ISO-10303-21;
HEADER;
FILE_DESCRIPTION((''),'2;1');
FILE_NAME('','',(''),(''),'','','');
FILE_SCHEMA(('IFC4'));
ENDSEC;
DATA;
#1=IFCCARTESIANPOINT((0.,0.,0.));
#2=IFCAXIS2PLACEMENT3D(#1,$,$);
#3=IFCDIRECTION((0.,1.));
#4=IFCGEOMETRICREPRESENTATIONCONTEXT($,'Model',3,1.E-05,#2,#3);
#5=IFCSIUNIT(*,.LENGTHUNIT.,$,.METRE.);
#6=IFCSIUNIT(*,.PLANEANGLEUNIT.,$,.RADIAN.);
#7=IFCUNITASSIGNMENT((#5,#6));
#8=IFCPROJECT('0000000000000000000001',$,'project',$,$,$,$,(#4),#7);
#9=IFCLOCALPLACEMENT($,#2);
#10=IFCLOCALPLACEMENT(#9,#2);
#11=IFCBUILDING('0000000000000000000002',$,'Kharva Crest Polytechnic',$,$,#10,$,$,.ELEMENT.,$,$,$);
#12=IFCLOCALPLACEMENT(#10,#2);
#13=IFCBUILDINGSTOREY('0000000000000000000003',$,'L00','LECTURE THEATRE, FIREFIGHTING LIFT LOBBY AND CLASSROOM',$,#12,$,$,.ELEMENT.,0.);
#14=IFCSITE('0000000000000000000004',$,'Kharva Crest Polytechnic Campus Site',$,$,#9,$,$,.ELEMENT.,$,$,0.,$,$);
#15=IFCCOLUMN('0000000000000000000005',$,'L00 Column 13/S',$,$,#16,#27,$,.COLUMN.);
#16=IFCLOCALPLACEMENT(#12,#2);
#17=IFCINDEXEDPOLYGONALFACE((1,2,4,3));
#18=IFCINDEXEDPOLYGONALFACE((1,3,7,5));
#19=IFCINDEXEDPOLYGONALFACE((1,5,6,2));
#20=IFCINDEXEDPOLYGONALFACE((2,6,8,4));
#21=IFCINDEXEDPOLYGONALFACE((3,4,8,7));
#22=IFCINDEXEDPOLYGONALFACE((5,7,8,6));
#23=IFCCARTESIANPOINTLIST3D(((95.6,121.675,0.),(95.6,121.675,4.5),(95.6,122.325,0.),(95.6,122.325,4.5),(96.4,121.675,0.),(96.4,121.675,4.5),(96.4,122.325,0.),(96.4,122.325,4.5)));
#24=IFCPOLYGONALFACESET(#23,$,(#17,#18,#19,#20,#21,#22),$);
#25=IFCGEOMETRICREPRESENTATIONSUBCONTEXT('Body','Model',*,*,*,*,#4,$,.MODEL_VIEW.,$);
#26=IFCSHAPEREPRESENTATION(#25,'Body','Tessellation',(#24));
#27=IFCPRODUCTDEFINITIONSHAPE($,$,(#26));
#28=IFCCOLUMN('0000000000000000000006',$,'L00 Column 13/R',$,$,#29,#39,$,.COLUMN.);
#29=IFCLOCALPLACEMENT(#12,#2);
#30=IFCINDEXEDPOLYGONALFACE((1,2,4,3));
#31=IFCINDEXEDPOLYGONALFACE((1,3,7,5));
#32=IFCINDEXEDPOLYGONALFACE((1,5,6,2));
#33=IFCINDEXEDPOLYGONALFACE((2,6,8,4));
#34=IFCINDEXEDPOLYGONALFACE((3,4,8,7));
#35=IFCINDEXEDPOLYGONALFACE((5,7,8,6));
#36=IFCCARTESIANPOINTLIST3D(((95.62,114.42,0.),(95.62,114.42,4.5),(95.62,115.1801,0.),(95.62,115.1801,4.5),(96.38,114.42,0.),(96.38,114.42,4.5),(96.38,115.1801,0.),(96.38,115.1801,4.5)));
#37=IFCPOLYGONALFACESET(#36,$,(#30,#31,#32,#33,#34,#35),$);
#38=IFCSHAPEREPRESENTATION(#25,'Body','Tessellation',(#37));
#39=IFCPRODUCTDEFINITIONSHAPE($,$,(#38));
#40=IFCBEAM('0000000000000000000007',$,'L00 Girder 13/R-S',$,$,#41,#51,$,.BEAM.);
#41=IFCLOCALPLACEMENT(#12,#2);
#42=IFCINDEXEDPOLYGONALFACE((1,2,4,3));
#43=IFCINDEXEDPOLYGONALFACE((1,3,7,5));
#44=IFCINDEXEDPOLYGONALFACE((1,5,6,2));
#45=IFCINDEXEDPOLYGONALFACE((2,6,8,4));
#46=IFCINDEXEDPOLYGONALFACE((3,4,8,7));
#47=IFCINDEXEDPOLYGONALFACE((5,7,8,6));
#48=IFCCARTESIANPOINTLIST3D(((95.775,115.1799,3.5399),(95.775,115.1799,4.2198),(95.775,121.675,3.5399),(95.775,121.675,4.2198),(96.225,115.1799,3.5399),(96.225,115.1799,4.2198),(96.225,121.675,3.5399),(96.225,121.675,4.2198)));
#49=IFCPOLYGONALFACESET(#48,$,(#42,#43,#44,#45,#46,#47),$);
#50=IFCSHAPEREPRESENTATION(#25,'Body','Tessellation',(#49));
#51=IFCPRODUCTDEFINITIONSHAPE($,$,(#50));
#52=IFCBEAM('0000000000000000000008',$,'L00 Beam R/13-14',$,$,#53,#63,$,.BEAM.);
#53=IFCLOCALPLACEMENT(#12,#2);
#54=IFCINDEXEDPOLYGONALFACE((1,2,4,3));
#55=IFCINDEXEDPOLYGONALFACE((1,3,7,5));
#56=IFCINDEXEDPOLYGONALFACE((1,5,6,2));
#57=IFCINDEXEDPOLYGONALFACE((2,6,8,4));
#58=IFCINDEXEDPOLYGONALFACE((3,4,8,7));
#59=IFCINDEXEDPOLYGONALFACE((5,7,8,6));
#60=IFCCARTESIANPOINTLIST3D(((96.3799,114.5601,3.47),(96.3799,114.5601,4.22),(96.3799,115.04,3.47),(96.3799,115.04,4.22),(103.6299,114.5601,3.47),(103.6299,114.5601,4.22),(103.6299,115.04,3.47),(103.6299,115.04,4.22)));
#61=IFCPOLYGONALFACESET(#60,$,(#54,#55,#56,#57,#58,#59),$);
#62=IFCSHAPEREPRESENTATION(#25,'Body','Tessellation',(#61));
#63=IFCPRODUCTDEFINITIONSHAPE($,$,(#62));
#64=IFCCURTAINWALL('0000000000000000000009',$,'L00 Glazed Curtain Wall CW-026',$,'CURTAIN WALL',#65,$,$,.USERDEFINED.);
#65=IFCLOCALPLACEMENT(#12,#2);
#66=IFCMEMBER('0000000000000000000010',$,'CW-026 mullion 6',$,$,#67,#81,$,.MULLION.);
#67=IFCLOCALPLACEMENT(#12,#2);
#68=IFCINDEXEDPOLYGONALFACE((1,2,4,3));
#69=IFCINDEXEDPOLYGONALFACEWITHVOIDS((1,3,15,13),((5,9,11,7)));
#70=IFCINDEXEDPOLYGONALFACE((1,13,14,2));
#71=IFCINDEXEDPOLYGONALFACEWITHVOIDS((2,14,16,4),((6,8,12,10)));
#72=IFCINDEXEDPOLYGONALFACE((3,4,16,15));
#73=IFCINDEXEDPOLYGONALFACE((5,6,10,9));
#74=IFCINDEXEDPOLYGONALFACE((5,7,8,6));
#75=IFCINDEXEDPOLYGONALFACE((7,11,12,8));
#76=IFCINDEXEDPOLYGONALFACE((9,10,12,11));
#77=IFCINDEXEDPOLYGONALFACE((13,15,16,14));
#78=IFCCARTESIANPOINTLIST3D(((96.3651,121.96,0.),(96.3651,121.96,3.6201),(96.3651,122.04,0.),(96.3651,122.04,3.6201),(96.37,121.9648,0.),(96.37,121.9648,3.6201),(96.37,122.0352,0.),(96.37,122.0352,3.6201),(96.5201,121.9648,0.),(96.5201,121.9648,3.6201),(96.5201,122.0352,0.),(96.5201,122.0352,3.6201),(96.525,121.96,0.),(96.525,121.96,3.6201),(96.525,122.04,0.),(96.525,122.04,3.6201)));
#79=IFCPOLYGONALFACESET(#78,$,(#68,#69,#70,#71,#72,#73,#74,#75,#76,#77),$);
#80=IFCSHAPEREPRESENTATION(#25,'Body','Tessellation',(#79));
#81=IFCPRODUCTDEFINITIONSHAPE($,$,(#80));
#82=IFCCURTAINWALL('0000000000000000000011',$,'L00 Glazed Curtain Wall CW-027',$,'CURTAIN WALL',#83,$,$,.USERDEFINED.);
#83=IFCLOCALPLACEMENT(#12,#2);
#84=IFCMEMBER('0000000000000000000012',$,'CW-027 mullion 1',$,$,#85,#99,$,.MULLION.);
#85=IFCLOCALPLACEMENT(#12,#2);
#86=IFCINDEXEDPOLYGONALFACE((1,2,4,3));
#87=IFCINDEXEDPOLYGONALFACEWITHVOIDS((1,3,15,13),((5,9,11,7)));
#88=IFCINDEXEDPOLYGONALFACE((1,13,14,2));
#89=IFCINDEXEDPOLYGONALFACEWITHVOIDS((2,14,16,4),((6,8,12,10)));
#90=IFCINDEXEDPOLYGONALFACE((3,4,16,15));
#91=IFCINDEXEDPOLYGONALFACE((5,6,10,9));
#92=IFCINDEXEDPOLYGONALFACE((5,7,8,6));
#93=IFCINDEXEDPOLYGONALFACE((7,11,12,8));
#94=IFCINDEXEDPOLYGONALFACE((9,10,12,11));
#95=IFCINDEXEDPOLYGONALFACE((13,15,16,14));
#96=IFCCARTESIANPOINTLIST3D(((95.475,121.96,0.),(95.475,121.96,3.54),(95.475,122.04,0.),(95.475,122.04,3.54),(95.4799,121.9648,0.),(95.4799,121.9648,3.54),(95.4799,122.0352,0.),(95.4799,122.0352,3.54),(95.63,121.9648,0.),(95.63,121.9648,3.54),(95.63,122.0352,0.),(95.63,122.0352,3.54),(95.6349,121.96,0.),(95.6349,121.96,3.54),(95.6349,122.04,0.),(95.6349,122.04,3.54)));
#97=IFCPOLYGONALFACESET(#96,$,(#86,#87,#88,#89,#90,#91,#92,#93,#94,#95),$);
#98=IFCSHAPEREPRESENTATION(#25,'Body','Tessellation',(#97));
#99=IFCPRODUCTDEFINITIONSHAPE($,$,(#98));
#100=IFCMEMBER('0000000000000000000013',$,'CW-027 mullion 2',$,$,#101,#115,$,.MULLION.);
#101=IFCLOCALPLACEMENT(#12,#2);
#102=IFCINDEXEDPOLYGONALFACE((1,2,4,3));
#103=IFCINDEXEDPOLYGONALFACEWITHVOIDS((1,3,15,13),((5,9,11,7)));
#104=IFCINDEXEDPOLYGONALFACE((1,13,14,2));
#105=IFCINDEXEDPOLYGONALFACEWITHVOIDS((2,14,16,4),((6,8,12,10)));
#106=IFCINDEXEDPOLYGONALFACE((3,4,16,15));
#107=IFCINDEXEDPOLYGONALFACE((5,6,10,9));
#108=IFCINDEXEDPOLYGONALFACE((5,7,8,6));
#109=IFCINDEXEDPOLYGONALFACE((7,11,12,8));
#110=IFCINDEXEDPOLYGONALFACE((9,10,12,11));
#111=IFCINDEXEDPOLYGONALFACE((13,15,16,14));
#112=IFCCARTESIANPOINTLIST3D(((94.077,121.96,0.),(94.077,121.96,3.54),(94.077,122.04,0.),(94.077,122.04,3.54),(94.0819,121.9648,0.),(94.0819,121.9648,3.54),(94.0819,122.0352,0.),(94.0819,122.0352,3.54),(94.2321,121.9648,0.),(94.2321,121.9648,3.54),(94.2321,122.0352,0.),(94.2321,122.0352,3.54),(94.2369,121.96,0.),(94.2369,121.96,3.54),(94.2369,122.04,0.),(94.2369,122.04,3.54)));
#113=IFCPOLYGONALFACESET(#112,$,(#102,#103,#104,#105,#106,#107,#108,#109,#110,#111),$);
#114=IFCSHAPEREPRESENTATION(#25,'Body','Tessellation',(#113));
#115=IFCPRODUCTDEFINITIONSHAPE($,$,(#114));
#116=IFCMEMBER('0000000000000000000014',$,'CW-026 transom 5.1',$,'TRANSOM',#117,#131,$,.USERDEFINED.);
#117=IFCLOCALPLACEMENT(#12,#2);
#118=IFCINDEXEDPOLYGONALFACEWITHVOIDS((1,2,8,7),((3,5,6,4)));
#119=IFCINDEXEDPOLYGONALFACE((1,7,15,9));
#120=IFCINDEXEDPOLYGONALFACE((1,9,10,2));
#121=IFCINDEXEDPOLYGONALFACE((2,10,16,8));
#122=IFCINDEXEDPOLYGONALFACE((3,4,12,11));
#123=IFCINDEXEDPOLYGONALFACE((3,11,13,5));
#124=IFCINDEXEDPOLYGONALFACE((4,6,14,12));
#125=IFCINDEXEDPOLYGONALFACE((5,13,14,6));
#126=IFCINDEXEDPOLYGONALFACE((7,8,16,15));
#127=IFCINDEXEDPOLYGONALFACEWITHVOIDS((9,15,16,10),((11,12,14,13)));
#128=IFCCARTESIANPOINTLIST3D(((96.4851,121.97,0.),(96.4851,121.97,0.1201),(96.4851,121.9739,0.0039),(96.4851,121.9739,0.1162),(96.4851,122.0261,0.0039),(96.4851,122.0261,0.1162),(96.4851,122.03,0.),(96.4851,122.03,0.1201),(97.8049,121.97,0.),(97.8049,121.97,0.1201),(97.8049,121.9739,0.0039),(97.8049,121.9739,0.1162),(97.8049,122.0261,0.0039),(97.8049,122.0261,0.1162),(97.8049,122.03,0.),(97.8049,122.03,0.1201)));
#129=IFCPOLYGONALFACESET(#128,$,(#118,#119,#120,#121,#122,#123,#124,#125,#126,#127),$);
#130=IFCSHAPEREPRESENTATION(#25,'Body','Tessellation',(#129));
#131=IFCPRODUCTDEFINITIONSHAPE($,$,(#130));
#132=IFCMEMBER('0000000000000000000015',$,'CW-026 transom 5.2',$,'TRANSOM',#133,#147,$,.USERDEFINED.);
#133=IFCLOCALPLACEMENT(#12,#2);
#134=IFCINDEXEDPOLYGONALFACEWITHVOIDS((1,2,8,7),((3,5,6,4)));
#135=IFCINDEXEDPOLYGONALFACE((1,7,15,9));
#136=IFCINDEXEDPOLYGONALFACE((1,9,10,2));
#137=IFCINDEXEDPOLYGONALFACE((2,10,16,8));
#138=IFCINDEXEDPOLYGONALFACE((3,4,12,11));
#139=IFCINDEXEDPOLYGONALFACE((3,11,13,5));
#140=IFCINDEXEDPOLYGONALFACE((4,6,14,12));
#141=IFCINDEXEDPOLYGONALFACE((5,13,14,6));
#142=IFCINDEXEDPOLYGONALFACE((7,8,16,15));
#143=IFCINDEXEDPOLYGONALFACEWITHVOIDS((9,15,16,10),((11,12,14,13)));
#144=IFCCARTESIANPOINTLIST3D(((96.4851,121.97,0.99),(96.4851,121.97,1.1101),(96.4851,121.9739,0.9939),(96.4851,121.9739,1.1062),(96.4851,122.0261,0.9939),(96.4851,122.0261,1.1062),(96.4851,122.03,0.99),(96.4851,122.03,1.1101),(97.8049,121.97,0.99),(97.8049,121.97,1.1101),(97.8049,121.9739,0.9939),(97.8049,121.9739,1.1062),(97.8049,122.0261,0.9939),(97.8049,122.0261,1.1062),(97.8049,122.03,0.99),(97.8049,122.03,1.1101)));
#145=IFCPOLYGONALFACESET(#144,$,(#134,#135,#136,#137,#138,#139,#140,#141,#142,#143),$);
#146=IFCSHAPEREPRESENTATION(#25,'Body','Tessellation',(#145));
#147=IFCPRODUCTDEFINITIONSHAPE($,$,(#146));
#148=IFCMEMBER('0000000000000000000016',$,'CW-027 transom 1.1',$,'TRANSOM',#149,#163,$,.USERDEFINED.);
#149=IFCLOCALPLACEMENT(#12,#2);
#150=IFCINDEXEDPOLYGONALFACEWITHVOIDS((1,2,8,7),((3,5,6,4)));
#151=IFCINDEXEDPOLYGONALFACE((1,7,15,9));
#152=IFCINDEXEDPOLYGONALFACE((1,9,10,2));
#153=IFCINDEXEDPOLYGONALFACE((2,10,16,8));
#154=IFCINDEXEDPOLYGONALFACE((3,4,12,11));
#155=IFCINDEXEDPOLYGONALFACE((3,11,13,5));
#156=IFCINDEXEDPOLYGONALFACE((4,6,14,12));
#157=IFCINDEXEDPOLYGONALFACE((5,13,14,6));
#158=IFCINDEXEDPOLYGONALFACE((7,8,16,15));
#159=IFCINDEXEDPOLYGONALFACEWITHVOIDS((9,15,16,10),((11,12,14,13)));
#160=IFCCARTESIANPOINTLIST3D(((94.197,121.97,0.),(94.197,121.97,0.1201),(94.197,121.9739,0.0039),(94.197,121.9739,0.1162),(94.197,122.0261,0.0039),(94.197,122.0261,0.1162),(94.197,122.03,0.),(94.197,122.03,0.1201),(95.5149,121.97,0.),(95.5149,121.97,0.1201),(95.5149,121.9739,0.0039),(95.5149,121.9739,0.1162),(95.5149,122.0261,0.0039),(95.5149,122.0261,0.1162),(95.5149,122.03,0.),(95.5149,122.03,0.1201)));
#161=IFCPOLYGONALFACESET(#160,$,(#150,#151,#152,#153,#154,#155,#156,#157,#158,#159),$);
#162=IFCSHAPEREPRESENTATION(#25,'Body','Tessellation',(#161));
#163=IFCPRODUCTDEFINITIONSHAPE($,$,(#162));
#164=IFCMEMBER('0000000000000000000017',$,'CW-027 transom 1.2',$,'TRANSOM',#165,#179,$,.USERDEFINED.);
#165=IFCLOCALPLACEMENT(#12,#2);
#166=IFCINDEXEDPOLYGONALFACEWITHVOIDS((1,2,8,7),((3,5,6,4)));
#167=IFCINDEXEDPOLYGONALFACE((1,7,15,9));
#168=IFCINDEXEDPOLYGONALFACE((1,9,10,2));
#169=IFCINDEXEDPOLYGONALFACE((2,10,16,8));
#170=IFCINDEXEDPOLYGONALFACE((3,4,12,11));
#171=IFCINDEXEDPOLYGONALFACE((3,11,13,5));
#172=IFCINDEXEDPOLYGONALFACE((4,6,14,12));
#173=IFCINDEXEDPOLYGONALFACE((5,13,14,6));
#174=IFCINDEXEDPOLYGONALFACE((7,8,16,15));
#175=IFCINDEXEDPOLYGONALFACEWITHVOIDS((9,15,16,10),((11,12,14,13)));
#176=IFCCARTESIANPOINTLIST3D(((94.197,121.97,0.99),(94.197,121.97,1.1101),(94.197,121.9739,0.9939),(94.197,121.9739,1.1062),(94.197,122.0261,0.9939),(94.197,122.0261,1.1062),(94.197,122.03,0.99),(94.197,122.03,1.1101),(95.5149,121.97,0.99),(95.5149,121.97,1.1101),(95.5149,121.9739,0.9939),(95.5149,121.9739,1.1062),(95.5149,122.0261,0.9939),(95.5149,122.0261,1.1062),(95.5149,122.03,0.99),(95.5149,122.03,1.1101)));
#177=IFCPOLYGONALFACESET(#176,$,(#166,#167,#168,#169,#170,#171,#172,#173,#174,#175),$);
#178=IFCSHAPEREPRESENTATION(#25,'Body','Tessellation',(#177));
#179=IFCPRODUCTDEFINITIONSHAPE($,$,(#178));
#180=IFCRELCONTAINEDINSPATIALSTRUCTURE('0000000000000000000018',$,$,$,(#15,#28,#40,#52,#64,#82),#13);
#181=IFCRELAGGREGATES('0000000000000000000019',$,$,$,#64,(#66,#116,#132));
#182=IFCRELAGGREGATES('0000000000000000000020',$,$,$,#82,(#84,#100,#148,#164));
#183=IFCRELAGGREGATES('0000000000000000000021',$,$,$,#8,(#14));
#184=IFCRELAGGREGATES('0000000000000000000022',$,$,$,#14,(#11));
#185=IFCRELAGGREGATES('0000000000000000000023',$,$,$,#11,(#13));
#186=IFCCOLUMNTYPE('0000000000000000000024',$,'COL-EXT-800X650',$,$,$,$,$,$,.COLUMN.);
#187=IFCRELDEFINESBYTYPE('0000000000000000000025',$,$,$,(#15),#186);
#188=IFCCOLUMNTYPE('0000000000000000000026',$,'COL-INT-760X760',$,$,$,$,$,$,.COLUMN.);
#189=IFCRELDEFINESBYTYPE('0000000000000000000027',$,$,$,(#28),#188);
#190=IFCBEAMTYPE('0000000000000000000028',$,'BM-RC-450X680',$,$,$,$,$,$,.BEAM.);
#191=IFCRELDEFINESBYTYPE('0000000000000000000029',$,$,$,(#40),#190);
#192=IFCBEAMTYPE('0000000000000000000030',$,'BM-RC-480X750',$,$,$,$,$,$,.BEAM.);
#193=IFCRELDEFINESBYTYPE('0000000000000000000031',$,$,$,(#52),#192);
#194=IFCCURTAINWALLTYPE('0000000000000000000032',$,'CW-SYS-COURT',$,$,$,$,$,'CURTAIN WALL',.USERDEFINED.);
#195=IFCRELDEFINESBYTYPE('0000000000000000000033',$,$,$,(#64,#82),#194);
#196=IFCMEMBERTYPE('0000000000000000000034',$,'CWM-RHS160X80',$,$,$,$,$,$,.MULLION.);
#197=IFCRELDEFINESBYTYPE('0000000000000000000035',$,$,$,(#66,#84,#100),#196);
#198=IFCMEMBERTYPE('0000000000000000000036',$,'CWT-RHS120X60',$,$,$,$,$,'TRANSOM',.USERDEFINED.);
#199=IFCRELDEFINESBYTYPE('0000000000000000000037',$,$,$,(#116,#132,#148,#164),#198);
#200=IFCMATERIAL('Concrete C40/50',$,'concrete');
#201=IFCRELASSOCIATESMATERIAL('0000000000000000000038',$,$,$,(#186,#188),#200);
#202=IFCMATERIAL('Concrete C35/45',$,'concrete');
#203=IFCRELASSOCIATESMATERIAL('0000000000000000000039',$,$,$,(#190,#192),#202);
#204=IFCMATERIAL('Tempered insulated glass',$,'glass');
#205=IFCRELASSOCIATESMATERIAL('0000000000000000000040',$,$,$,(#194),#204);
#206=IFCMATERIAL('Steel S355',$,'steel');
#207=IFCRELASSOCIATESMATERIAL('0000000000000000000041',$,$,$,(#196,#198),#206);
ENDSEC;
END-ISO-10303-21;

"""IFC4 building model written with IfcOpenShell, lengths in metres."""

from ifc_helpers import new_model, si_unit, direction, frame, origin, origin_2d, place, context, subcontext, project, spatial, rectangle, hollow_rectangle, extrude, material, material_profile, profile_set, type_object, element, aggregate, save


model = new_model("IFC4")

# Units and contexts
model_context = context("Model", 3, precision=1e-05, world=origin(), true_north=direction((0.0, 1.0)))
body_context = subcontext(model_context, "Body", "Model", "MODEL_VIEW")
ifc_project = project(units=[si_unit("LENGTHUNIT", "METRE"), si_unit("PLANEANGLEUNIT", "RADIAN")], contexts=[model_context])

# Site, building, storey
site_placement = place(None, origin())
site = spatial("IfcSite", under=ifc_project, at=site_placement, Name="Kharva Crest Polytechnic Campus Site", CompositionType="ELEMENT", RefElevation=0.0)
building_placement = place(site_placement, origin())
building = spatial("IfcBuilding", under=site, at=building_placement, Name="Kharva Crest Polytechnic", CompositionType="ELEMENT")
storey_placement = place(building_placement, origin())
storey = spatial("IfcBuildingStorey", under=building, at=storey_placement, Name="L00", Description="LECTURE THEATRE, FIREFIGHTING LIFT LOBBY AND CLASSROOM", CompositionType="ELEMENT", Elevation=0.0)

# Shared definitions
ifc_material_1 = material(Name="Concrete C35/45", Category="concrete")

# Columns
ifc_material_2 = material(Name="Concrete C40/50", Category="concrete")
ifc_material_profile_1 = material_profile(ifc_material_2, rectangle(XDim=0.8, YDim=0.6499, at=origin_2d()), Name="RECT 800 X 650")
ifc_profile_set_1 = profile_set([ifc_material_profile_1], Name="Concrete C40/50")
column_type_1 = type_object("IfcColumnType", Name="COL-EXT-800X650", PredefinedType="COLUMN", material=ifc_profile_set_1)
column_1_placement = place(storey_placement, frame((96.0, 122.0, 0.0), z_axis=(0.0, 0.0, 1.0), x_axis=(1.0, 0.0, 0.0)))
element("IfcColumn", 1, at=column_1_placement, inside=storey, type_object=column_type_1, Name="L00 Column 13/S", PredefinedType="COLUMN", context=body_context, shape_type="SweptSolid", body=[
    extrude(rectangle(XDim=0.8, YDim=0.6499, at=origin_2d()), origin(), (0.0, 0.0, 1.0), 4.5),
])
ifc_material_profile_2 = material_profile(ifc_material_2, rectangle(XDim=0.76, YDim=0.76, at=origin_2d()), Name="RECT 760 X 760")
ifc_profile_set_2 = profile_set([ifc_material_profile_2], Name="Concrete C40/50")
column_type_2 = type_object("IfcColumnType", Name="COL-INT-760X760", PredefinedType="COLUMN", material=ifc_profile_set_2)
column_2_placement = place(storey_placement, frame((96.0, 114.8, 0.0), z_axis=(0.0, 0.0, 1.0), x_axis=(1.0, 0.0, 0.0)))
element("IfcColumn", 2, at=column_2_placement, inside=storey, type_object=column_type_2, Name="L00 Column 13/R", PredefinedType="COLUMN", context=body_context, shape_type="SweptSolid", body=[
    extrude(rectangle(XDim=0.76, YDim=0.76, at=origin_2d()), origin(), (0.0, 0.0, 1.0), 4.5),
])

# Beams
ifc_material_profile_3 = material_profile(ifc_material_1, rectangle(XDim=0.45, YDim=0.6799, at=origin_2d()), Name="RECT 450 X 680")
ifc_profile_set_3 = profile_set([ifc_material_profile_3], Name="Concrete C35/45")
beam_type_1 = type_object("IfcBeamType", Name="BM-RC-450X680", PredefinedType="BEAM", material=ifc_profile_set_3)
beam_1_placement = place(storey_placement, frame((96.0, 115.1799, 3.8799), z_axis=(0.0, 1.0, 0.0), x_axis=(-1.0, 0.0, 0.0)))
element("IfcBeam", 3, at=beam_1_placement, inside=storey, type_object=beam_type_1, Name="L00 Girder 13/R-S", PredefinedType="BEAM", context=body_context, shape_type="SweptSolid", body=[
    extrude(rectangle(XDim=0.45, YDim=0.6799, at=origin_2d()), origin(), (0.0, 0.0, 1.0), 6.4951),
])
ifc_material_profile_4 = material_profile(ifc_material_1, rectangle(XDim=0.48, YDim=0.75, at=origin_2d()), Name="RECT 480 X 750")
ifc_profile_set_4 = profile_set([ifc_material_profile_4], Name="Concrete C35/45")
beam_type_2 = type_object("IfcBeamType", Name="BM-RC-480X750", PredefinedType="BEAM", material=ifc_profile_set_4)
beam_2_placement = place(storey_placement, frame((96.3799, 114.8, 3.845), z_axis=(1.0, 0.0, 0.0), x_axis=(0.0, 1.0, 0.0)))
element("IfcBeam", 4, at=beam_2_placement, inside=storey, type_object=beam_type_2, Name="L00 Beam R/13-14", PredefinedType="BEAM", context=body_context, shape_type="SweptSolid", body=[
    extrude(rectangle(XDim=0.48, YDim=0.75, at=origin_2d()), origin(), (0.0, 0.0, 1.0), 7.25),
])

# Curtain wall, member
ifc_material_3 = material(Name="Tempered insulated glass", Category="glass")
curtain_wall_type = type_object("IfcCurtainWallType", Name="CW-SYS-COURT", ElementType="CURTAIN WALL", PredefinedType="USERDEFINED", material=ifc_material_3)
curtain_wall_1_placement = place(storey_placement, origin())
curtain_wall_1 = element("IfcCurtainWall", 5, at=curtain_wall_1_placement, inside=storey, type_object=curtain_wall_type, Name="L00 Glazed Curtain Wall CW-026", ObjectType="CURTAIN WALL", PredefinedType="USERDEFINED")
ifc_material_4 = material(Name="Steel S355", Category="steel")
ifc_material_profile_5 = material_profile(ifc_material_4, hollow_rectangle(XDim=0.0801, YDim=0.1599, WallThickness=0.0049, at=origin_2d()), Name="RHS 160X80X5.0")
ifc_profile_set_5 = profile_set([ifc_material_profile_5], Name="Steel S355")
member_type_1 = type_object("IfcMemberType", Name="CWM-RHS160X80", PredefinedType="MULLION", material=ifc_profile_set_5)
member_1_placement = place(storey_placement, frame((96.4451, 122.0, 0.0), z_axis=(0.0, 0.0, 1.0), x_axis=(0.0, -1.0, 0.0)))
member_1 = element("IfcMember", 6, at=member_1_placement, type_object=member_type_1, Name="CW-026 mullion 6", PredefinedType="MULLION", context=body_context, shape_type="SweptSolid", body=[
    extrude(hollow_rectangle(XDim=0.0801, YDim=0.1599, WallThickness=0.0049, at=origin_2d()), origin(), (0.0, 0.0, 1.0), 3.6201),
])

# Curtain wall, members
curtain_wall_2_placement = place(storey_placement, origin())
curtain_wall_2 = element("IfcCurtainWall", 7, at=curtain_wall_2_placement, inside=storey, type_object=curtain_wall_type, Name="L00 Glazed Curtain Wall CW-027", ObjectType="CURTAIN WALL", PredefinedType="USERDEFINED")
member_2_placement = place(storey_placement, frame((95.5549, 122.0, 0.0), z_axis=(0.0, 0.0, 1.0), x_axis=(0.0, -1.0, 0.0)))
member_2 = element("IfcMember", 8, at=member_2_placement, type_object=member_type_1, Name="CW-027 mullion 1", PredefinedType="MULLION", context=body_context, shape_type="SweptSolid", body=[
    extrude(hollow_rectangle(XDim=0.0801, YDim=0.1599, WallThickness=0.0049, at=origin_2d()), origin(), (0.0, 0.0, 1.0), 3.54),
])
member_3_placement = place(storey_placement, frame((94.157, 122.0, 0.0), z_axis=(0.0, 0.0, 1.0), x_axis=(0.0, -1.0, 0.0)))
member_3 = element("IfcMember", 9, at=member_3_placement, type_object=member_type_1, Name="CW-027 mullion 2", PredefinedType="MULLION", context=body_context, shape_type="SweptSolid", body=[
    extrude(hollow_rectangle(XDim=0.0801, YDim=0.1599, WallThickness=0.0049, at=origin_2d()), origin(), (0.0, 0.0, 1.0), 3.54),
])

# Members
ifc_material_profile_6 = material_profile(ifc_material_4, hollow_rectangle(XDim=0.0601, YDim=0.1201, WallThickness=0.0039, at=origin_2d()), Name="RHS 120X60X4.0")
ifc_profile_set_6 = profile_set([ifc_material_profile_6], Name="Steel S355")
member_type_2 = type_object("IfcMemberType", Name="CWT-RHS120X60", ElementType="TRANSOM", PredefinedType="USERDEFINED", material=ifc_profile_set_6)
member_4_placement = place(storey_placement, frame((97.8049, 122.0, 0.0601), z_axis=(-1.0, 0.0, 0.0), x_axis=(0.0, -1.0, 0.0)))
member_4 = element("IfcMember", 10, at=member_4_placement, type_object=member_type_2, Name="CW-026 transom 5.1", ObjectType="TRANSOM", PredefinedType="USERDEFINED", context=body_context, shape_type="SweptSolid", body=[
    extrude(hollow_rectangle(XDim=0.0601, YDim=0.1201, WallThickness=0.0039, at=origin_2d()), origin(), (0.0, 0.0, 1.0), 1.3198),
])
member_5_placement = place(storey_placement, frame((97.8049, 122.0, 1.05), z_axis=(-1.0, 0.0, 0.0), x_axis=(0.0, -1.0, 0.0)))
member_5 = element("IfcMember", 11, at=member_5_placement, type_object=member_type_2, Name="CW-026 transom 5.2", ObjectType="TRANSOM", PredefinedType="USERDEFINED", context=body_context, shape_type="SweptSolid", body=[
    extrude(hollow_rectangle(XDim=0.0601, YDim=0.1201, WallThickness=0.0039, at=origin_2d()), origin(), (0.0, 0.0, 1.0), 1.3198),
])
member_6_placement = place(storey_placement, frame((95.5149, 122.0, 0.0601), z_axis=(-1.0, 0.0, 0.0), x_axis=(0.0, -1.0, 0.0)))
member_6 = element("IfcMember", 12, at=member_6_placement, type_object=member_type_2, Name="CW-027 transom 1.1", ObjectType="TRANSOM", PredefinedType="USERDEFINED", context=body_context, shape_type="SweptSolid", body=[
    extrude(hollow_rectangle(XDim=0.0601, YDim=0.1201, WallThickness=0.0039, at=origin_2d()), origin(), (0.0, 0.0, 1.0), 1.3179),
])
member_7_placement = place(storey_placement, frame((95.5149, 122.0, 1.05), z_axis=(-1.0, 0.0, 0.0), x_axis=(0.0, -1.0, 0.0)))
member_7 = element("IfcMember", 13, at=member_7_placement, type_object=member_type_2, Name="CW-027 transom 1.2", ObjectType="TRANSOM", PredefinedType="USERDEFINED", context=body_context, shape_type="SweptSolid", body=[
    extrude(hollow_rectangle(XDim=0.0601, YDim=0.1201, WallThickness=0.0039, at=origin_2d()), origin(), (0.0, 0.0, 1.0), 1.3179),
])

aggregate(curtain_wall_1, [member_1, member_4, member_5])
aggregate(curtain_wall_2, [member_2, member_3, member_6, member_7])

save(model, "model.ifc")
